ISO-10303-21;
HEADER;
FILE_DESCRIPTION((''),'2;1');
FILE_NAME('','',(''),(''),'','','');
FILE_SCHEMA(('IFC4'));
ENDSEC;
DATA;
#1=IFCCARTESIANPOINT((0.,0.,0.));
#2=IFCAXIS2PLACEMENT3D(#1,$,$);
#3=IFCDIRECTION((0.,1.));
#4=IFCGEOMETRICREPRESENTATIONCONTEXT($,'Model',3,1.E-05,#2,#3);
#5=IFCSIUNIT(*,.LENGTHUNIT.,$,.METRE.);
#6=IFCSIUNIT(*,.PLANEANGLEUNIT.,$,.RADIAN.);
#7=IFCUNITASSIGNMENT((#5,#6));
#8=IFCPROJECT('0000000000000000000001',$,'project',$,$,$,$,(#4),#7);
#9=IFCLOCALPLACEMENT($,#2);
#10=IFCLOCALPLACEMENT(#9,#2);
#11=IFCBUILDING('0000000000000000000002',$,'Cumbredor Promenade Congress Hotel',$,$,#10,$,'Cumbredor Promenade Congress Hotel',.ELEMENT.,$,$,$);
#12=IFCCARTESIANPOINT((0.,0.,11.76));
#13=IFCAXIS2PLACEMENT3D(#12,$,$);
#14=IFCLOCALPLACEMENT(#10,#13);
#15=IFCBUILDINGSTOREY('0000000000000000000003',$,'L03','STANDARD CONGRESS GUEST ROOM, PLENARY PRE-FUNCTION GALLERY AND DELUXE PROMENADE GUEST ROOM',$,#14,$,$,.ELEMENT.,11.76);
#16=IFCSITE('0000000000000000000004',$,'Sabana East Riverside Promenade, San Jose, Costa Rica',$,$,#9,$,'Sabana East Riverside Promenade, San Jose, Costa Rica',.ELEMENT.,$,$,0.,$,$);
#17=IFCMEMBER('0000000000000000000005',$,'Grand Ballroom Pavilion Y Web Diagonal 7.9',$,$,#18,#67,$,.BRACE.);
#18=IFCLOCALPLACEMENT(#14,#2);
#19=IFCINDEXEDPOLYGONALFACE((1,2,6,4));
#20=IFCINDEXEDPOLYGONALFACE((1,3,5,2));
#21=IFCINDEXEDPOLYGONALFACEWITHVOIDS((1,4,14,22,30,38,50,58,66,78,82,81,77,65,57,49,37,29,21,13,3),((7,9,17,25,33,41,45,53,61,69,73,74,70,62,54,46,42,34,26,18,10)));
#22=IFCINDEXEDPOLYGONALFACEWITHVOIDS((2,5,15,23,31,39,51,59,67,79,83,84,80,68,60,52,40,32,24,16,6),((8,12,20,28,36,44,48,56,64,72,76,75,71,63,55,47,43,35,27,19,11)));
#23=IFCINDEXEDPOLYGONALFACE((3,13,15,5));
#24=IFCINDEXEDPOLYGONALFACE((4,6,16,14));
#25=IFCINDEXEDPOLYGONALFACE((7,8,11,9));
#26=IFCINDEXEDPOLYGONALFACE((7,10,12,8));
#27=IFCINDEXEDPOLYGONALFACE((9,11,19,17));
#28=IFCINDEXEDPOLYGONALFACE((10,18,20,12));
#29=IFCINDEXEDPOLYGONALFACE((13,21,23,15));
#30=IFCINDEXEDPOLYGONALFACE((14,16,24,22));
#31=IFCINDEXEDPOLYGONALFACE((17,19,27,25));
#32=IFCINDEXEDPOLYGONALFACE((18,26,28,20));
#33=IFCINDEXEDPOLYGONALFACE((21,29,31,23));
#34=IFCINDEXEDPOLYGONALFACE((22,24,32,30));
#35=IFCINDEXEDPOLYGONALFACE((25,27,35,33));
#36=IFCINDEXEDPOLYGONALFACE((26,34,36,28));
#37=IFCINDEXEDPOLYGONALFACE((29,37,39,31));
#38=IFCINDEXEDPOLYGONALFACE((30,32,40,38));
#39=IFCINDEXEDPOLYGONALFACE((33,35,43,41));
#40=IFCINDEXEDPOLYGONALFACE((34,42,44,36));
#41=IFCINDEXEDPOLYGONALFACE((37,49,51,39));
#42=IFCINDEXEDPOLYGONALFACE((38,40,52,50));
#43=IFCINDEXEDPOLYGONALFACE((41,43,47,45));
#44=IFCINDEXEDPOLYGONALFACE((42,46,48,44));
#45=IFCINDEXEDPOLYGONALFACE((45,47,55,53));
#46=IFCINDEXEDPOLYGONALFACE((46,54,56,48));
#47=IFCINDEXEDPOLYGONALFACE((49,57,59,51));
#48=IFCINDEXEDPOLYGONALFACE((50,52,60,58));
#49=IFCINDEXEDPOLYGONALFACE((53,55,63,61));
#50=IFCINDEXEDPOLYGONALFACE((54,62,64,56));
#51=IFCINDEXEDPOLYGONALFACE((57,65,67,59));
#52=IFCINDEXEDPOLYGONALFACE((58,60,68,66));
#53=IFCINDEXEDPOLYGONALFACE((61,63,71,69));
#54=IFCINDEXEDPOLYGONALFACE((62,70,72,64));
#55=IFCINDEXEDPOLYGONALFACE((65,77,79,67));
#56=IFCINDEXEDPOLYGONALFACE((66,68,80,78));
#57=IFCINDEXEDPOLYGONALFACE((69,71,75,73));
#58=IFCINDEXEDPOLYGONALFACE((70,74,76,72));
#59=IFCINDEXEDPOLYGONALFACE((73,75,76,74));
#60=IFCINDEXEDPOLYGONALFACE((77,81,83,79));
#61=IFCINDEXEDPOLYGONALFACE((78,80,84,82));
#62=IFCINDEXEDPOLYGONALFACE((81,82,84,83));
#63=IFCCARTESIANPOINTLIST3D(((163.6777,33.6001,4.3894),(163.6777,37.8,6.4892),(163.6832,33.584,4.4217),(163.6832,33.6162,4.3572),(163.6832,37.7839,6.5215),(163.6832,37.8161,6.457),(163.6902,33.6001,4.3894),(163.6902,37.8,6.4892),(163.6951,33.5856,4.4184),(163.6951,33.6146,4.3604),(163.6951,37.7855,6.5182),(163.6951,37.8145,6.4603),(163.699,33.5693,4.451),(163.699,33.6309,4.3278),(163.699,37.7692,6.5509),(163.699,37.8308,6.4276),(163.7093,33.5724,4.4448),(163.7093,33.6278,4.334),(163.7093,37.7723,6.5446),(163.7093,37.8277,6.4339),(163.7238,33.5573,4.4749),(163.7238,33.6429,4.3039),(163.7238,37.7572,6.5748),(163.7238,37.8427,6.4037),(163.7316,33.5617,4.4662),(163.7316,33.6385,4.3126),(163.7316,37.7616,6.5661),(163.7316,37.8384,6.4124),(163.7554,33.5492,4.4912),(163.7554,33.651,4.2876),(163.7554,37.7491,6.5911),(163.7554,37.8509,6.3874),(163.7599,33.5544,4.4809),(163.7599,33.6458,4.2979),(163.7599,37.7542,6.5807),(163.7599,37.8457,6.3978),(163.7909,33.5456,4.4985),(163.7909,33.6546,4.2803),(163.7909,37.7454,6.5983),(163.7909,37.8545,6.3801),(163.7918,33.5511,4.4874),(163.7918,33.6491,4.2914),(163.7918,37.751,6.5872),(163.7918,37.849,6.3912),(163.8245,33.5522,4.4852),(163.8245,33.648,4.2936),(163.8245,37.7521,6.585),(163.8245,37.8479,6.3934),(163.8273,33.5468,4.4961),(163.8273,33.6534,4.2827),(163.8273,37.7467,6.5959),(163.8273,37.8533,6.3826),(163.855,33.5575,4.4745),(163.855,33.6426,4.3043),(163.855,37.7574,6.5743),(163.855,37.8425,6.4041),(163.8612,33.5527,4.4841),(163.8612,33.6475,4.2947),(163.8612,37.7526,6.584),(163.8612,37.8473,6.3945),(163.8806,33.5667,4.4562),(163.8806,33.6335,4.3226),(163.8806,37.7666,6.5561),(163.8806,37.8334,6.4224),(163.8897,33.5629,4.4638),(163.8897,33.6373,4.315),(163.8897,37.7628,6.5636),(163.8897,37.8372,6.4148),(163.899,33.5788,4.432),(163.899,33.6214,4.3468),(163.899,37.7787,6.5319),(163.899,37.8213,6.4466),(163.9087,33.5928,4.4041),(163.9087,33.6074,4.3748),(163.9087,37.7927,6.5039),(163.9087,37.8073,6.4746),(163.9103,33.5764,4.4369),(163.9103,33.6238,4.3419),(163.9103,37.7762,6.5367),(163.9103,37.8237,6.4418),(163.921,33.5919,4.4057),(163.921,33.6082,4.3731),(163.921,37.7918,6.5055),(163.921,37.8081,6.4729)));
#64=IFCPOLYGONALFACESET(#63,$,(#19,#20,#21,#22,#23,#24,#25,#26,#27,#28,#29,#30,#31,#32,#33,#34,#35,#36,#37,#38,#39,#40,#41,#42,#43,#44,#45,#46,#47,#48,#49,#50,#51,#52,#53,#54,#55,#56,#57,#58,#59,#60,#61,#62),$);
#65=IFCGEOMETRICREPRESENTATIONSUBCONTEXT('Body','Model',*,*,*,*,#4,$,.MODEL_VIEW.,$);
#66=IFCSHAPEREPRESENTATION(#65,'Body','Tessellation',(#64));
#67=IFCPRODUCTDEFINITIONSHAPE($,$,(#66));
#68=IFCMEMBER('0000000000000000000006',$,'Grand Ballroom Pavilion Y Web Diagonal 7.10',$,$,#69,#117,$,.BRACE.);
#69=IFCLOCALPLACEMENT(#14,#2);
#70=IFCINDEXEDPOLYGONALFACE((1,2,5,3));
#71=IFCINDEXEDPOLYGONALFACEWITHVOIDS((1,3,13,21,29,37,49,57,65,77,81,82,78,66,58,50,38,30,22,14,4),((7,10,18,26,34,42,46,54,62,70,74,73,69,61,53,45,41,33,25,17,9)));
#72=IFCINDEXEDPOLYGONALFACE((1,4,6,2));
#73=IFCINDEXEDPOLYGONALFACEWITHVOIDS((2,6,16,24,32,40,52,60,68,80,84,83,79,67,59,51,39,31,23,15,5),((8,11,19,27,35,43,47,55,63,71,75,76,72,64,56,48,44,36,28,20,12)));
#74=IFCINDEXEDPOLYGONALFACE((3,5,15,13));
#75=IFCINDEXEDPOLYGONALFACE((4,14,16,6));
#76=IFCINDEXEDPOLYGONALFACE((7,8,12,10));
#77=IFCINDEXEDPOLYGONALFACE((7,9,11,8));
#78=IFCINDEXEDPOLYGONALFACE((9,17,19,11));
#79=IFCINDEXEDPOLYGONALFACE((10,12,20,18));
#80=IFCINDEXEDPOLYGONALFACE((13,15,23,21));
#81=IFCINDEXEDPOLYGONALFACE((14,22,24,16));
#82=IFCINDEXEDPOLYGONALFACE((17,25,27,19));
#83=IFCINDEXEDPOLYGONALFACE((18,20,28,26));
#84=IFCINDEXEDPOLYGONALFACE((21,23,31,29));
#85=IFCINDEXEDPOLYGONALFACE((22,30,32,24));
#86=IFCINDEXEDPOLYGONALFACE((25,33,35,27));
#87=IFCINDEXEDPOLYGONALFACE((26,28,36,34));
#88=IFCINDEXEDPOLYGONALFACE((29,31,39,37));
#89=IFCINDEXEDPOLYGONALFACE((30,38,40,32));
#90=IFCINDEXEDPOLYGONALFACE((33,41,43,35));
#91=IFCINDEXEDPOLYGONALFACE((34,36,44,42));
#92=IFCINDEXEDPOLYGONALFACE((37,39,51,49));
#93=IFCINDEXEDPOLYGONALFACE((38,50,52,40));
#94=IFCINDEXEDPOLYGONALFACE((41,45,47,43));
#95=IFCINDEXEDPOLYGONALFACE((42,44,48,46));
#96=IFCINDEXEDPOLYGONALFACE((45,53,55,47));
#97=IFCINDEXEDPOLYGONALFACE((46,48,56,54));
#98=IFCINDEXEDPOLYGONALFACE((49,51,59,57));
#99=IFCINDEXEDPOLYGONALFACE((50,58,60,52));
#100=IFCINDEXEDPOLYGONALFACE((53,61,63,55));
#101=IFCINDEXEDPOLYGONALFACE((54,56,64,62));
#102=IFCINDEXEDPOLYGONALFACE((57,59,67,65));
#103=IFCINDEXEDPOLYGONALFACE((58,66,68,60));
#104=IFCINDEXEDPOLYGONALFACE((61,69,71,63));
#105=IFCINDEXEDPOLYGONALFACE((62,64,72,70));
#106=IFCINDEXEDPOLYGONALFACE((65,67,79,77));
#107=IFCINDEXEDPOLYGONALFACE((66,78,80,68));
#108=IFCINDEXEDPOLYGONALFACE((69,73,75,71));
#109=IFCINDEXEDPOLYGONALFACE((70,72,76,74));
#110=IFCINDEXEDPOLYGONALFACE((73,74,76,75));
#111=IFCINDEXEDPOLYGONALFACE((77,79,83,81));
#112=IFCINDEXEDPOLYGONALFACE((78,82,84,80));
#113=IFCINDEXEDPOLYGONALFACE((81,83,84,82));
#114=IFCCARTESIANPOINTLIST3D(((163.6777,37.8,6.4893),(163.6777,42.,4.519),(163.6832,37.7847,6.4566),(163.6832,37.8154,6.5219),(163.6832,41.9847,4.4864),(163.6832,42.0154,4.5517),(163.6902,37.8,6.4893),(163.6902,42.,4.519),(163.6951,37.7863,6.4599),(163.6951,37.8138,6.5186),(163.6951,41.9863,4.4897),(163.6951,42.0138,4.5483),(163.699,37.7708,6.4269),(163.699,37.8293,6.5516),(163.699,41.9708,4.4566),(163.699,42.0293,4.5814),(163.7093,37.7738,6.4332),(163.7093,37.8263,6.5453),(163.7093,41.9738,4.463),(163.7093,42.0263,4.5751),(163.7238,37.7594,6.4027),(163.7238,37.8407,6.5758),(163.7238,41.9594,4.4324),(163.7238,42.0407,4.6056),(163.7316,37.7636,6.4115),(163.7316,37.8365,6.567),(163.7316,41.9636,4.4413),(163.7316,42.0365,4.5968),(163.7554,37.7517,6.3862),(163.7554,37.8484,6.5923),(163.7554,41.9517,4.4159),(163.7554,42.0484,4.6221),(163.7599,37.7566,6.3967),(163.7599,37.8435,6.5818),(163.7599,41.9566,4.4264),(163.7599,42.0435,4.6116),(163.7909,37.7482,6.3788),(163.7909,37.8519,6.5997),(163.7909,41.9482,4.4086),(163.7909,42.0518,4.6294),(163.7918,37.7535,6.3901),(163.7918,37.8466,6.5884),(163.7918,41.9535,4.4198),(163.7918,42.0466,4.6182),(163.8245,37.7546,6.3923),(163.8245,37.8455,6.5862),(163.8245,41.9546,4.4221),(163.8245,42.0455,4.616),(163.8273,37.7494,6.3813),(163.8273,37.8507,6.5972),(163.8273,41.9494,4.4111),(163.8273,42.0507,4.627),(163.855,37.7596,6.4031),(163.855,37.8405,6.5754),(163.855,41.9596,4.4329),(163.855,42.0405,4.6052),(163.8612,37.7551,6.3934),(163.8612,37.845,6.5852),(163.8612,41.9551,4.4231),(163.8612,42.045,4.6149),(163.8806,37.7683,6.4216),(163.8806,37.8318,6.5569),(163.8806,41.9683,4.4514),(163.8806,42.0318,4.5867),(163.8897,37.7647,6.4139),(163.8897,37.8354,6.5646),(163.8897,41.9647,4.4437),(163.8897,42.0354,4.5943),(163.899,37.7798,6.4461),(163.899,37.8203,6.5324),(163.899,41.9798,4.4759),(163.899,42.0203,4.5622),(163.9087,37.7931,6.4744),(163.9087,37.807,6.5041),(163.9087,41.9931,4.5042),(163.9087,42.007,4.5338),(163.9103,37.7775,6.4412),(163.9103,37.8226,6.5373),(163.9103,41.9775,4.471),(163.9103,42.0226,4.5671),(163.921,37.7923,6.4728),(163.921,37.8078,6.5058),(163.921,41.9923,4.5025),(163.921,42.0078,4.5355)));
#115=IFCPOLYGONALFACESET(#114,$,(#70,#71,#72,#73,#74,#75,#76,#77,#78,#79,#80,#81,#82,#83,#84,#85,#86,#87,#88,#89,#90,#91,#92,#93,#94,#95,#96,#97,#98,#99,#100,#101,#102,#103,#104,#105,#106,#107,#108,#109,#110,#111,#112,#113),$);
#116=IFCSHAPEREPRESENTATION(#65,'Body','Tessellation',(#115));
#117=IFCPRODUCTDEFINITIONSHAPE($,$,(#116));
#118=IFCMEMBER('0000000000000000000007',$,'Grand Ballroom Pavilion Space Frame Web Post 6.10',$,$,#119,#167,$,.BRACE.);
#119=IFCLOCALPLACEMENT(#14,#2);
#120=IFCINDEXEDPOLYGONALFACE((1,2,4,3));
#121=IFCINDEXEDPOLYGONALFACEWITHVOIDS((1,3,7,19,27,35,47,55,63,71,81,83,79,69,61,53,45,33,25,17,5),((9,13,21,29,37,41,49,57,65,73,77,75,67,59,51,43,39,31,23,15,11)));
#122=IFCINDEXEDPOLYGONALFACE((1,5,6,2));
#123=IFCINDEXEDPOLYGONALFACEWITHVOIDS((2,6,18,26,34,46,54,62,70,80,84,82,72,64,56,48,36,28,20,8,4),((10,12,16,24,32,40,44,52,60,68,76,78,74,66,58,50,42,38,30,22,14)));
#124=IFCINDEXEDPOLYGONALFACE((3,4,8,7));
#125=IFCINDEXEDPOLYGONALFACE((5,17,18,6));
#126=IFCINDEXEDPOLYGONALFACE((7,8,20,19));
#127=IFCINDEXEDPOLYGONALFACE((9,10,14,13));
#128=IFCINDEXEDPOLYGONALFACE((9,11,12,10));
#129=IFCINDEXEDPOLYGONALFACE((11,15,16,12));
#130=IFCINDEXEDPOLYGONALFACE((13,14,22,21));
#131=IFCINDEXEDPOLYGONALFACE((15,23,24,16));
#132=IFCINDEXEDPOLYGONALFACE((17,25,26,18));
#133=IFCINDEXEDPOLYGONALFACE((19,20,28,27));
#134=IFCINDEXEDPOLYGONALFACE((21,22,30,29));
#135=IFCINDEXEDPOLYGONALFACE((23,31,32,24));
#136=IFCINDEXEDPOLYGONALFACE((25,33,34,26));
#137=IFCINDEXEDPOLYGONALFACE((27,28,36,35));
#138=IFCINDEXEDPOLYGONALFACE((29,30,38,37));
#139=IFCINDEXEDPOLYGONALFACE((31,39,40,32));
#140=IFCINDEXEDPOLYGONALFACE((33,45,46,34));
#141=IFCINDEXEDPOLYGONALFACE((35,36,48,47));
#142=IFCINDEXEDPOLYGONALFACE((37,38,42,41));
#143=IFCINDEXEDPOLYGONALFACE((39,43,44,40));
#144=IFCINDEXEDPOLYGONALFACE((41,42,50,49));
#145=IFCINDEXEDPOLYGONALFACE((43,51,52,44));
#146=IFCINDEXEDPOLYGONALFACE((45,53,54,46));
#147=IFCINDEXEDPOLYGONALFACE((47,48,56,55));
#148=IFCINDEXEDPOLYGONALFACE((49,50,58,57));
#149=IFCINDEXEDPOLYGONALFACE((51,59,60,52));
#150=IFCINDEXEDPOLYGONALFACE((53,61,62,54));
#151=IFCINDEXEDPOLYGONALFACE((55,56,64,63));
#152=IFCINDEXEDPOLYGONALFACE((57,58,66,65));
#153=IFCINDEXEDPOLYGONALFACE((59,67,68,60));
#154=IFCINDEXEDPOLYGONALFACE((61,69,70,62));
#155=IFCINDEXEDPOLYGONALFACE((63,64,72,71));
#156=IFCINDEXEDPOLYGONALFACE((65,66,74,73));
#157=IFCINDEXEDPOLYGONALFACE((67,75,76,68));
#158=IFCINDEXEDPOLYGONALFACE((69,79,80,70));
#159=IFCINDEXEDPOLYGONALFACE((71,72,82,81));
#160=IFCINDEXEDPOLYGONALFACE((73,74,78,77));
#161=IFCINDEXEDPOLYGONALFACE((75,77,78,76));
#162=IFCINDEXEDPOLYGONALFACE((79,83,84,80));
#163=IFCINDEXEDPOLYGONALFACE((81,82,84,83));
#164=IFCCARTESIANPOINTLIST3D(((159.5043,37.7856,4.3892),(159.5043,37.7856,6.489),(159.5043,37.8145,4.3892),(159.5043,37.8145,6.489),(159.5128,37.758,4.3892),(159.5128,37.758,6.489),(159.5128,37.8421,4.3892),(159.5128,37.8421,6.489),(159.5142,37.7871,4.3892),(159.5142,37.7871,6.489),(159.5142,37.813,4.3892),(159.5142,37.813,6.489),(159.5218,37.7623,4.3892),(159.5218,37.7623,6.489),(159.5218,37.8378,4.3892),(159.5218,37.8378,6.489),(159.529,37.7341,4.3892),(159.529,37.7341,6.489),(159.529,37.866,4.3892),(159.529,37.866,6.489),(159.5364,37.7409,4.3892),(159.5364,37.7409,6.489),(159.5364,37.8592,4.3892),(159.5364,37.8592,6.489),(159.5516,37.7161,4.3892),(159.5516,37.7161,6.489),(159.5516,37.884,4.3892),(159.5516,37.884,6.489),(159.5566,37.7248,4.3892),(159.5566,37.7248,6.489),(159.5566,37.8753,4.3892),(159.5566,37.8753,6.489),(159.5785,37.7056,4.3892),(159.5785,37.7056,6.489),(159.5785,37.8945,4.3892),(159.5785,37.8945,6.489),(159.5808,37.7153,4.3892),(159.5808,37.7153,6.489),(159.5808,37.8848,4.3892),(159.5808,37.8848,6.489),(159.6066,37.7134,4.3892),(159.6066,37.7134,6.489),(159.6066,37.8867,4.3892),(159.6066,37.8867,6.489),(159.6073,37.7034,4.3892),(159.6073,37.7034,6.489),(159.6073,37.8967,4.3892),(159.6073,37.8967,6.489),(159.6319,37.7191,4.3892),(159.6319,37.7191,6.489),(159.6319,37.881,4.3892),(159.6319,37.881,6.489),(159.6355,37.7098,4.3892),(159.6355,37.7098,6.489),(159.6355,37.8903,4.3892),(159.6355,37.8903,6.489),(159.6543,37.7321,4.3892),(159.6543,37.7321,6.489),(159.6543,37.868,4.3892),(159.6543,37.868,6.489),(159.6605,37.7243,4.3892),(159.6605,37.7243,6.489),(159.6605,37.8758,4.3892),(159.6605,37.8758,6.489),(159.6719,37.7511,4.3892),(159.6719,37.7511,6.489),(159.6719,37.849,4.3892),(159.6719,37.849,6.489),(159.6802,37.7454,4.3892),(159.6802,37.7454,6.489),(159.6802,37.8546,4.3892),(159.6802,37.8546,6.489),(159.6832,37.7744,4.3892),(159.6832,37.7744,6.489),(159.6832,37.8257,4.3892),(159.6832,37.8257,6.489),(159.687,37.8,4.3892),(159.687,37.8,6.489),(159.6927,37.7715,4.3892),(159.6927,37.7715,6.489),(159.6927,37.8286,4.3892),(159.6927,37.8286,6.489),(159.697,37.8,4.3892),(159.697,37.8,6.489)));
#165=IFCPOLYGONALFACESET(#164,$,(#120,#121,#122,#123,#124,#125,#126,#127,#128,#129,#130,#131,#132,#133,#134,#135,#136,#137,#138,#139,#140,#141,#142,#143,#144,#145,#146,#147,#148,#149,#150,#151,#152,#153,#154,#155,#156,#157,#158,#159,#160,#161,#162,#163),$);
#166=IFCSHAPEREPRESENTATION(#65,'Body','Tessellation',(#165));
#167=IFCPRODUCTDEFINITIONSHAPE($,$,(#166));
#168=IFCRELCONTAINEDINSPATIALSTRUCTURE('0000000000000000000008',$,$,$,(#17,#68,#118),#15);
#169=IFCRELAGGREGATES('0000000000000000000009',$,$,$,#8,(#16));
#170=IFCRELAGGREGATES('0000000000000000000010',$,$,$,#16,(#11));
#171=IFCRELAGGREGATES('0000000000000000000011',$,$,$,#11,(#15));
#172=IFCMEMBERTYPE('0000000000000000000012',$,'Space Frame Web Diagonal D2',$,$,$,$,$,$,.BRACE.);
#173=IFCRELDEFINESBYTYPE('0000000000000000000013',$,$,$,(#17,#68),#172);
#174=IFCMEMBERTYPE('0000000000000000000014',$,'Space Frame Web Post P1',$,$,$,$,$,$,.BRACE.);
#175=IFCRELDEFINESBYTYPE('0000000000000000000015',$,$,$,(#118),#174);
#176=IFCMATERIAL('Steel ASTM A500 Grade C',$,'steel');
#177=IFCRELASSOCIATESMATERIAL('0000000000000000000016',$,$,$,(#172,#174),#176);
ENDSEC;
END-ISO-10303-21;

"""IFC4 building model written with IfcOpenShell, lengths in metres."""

from ifc_helpers import new_model, si_unit, direction, frame, origin, origin_2d, place, context, subcontext, project, spatial, hollow_circle, extrude, material, material_profile, profile_set, type_object, element, save


model = new_model("IFC4")

# Units and contexts
model_context = context("Model", 3, precision=1e-05, world=origin(), true_north=direction((0.0, 1.0)))
body_context = subcontext(model_context, "Body", "Model", "MODEL_VIEW")
ifc_project = project(units=[si_unit("LENGTHUNIT", "METRE"), si_unit("PLANEANGLEUNIT", "RADIAN")], contexts=[model_context])

# Site, building, storey
site_placement = place(None, origin())
site = spatial("IfcSite", under=ifc_project, at=site_placement, Name="Sabana East Riverside Promenade, San Jose, Costa Rica", LongName="Sabana East Riverside Promenade, San Jose, Costa Rica", CompositionType="ELEMENT", RefElevation=0.0)
building_placement = place(site_placement, origin())
building = spatial("IfcBuilding", under=site, at=building_placement, Name="Cumbredor Promenade Congress Hotel", LongName="Cumbredor Promenade Congress Hotel", CompositionType="ELEMENT")
storey_placement = place(building_placement, frame((0.0, 0.0, 11.76)))
storey = spatial("IfcBuildingStorey", under=building, at=storey_placement, Name="L03", Description="STANDARD CONGRESS GUEST ROOM, PLENARY PRE-FUNCTION GALLERY AND DELUXE PROMENADE GUEST ROOM", CompositionType="ELEMENT", Elevation=11.76)

# Members
ifc_material_1 = material(Name="Steel ASTM A500 Grade C", Category="steel")
ifc_material_profile_1 = material_profile(ifc_material_1, hollow_circle(Radius=0.1223, WallThickness=0.0125, at=origin_2d()), Name="CHS 244.5x12.5")
ifc_profile_set_1 = profile_set([ifc_material_profile_1], Name="Steel ASTM A500 Grade C")
member_type_1 = type_object("IfcMemberType", Name="Space Frame Web Diagonal D2", PredefinedType="BRACE", material=ifc_profile_set_1)
for number, where, z_axis, x_axis, name in (
    (1, (163.8, 33.6001, 4.3894), (0.0, 0.894438, 0.447193), (-1.0, 0.0, 0.0), "Grand Ballroom Pavilion Y Web Diagonal 7.9"),
):
    element("IfcMember", number, at=place(storey_placement, frame(where, z_axis=z_axis, x_axis=x_axis)), inside=storey, type_object=member_type_1, Name=name, PredefinedType="BRACE", context=body_context, shape_type="SweptSolid", body=[
        extrude(hollow_circle(Radius=0.1223, WallThickness=0.0125, at=origin_2d()), origin(), (0.0, 0.0, 1.0), 4.6956),
    ])
member_1_placement = place(storey_placement, frame((163.8, 37.8, 6.4893), z_axis=(0.0, 0.905336, -0.424697), x_axis=(-1.0, 0.0, 0.0)))
element("IfcMember", 2, at=member_1_placement, inside=storey, type_object=member_type_1, Name="Grand Ballroom Pavilion Y Web Diagonal 7.10", PredefinedType="BRACE", context=body_context, shape_type="SweptSolid", body=[
    extrude(hollow_circle(Radius=0.1223, WallThickness=0.0125, at=origin_2d()), origin(), (0.0, 0.0, 1.0), 4.6392),
])
ifc_material_profile_2 = material_profile(ifc_material_1, hollow_circle(Radius=0.0969, WallThickness=0.01, at=origin_2d()), Name="CHS 193.7x10")
ifc_profile_set_2 = profile_set([ifc_material_profile_2], Name="Steel ASTM A500 Grade C")
member_type_2 = type_object("IfcMemberType", Name="Space Frame Web Post P1", PredefinedType="BRACE", material=ifc_profile_set_2)
member_2_placement = place(storey_placement, frame((159.6001, 37.8, 4.3892), z_axis=(0.0, 0.0, 1.0), x_axis=(1.0, 0.0, 0.0)))
element("IfcMember", 3, at=member_2_placement, inside=storey, type_object=member_type_2, Name="Grand Ballroom Pavilion Space Frame Web Post 6.10", PredefinedType="BRACE", context=body_context, shape_type="SweptSolid", body=[
    extrude(hollow_circle(Radius=0.0969, WallThickness=0.01, at=origin_2d()), origin(), (0.0, 0.0, 1.0), 2.0999),
])

save(model, "model.ifc")
